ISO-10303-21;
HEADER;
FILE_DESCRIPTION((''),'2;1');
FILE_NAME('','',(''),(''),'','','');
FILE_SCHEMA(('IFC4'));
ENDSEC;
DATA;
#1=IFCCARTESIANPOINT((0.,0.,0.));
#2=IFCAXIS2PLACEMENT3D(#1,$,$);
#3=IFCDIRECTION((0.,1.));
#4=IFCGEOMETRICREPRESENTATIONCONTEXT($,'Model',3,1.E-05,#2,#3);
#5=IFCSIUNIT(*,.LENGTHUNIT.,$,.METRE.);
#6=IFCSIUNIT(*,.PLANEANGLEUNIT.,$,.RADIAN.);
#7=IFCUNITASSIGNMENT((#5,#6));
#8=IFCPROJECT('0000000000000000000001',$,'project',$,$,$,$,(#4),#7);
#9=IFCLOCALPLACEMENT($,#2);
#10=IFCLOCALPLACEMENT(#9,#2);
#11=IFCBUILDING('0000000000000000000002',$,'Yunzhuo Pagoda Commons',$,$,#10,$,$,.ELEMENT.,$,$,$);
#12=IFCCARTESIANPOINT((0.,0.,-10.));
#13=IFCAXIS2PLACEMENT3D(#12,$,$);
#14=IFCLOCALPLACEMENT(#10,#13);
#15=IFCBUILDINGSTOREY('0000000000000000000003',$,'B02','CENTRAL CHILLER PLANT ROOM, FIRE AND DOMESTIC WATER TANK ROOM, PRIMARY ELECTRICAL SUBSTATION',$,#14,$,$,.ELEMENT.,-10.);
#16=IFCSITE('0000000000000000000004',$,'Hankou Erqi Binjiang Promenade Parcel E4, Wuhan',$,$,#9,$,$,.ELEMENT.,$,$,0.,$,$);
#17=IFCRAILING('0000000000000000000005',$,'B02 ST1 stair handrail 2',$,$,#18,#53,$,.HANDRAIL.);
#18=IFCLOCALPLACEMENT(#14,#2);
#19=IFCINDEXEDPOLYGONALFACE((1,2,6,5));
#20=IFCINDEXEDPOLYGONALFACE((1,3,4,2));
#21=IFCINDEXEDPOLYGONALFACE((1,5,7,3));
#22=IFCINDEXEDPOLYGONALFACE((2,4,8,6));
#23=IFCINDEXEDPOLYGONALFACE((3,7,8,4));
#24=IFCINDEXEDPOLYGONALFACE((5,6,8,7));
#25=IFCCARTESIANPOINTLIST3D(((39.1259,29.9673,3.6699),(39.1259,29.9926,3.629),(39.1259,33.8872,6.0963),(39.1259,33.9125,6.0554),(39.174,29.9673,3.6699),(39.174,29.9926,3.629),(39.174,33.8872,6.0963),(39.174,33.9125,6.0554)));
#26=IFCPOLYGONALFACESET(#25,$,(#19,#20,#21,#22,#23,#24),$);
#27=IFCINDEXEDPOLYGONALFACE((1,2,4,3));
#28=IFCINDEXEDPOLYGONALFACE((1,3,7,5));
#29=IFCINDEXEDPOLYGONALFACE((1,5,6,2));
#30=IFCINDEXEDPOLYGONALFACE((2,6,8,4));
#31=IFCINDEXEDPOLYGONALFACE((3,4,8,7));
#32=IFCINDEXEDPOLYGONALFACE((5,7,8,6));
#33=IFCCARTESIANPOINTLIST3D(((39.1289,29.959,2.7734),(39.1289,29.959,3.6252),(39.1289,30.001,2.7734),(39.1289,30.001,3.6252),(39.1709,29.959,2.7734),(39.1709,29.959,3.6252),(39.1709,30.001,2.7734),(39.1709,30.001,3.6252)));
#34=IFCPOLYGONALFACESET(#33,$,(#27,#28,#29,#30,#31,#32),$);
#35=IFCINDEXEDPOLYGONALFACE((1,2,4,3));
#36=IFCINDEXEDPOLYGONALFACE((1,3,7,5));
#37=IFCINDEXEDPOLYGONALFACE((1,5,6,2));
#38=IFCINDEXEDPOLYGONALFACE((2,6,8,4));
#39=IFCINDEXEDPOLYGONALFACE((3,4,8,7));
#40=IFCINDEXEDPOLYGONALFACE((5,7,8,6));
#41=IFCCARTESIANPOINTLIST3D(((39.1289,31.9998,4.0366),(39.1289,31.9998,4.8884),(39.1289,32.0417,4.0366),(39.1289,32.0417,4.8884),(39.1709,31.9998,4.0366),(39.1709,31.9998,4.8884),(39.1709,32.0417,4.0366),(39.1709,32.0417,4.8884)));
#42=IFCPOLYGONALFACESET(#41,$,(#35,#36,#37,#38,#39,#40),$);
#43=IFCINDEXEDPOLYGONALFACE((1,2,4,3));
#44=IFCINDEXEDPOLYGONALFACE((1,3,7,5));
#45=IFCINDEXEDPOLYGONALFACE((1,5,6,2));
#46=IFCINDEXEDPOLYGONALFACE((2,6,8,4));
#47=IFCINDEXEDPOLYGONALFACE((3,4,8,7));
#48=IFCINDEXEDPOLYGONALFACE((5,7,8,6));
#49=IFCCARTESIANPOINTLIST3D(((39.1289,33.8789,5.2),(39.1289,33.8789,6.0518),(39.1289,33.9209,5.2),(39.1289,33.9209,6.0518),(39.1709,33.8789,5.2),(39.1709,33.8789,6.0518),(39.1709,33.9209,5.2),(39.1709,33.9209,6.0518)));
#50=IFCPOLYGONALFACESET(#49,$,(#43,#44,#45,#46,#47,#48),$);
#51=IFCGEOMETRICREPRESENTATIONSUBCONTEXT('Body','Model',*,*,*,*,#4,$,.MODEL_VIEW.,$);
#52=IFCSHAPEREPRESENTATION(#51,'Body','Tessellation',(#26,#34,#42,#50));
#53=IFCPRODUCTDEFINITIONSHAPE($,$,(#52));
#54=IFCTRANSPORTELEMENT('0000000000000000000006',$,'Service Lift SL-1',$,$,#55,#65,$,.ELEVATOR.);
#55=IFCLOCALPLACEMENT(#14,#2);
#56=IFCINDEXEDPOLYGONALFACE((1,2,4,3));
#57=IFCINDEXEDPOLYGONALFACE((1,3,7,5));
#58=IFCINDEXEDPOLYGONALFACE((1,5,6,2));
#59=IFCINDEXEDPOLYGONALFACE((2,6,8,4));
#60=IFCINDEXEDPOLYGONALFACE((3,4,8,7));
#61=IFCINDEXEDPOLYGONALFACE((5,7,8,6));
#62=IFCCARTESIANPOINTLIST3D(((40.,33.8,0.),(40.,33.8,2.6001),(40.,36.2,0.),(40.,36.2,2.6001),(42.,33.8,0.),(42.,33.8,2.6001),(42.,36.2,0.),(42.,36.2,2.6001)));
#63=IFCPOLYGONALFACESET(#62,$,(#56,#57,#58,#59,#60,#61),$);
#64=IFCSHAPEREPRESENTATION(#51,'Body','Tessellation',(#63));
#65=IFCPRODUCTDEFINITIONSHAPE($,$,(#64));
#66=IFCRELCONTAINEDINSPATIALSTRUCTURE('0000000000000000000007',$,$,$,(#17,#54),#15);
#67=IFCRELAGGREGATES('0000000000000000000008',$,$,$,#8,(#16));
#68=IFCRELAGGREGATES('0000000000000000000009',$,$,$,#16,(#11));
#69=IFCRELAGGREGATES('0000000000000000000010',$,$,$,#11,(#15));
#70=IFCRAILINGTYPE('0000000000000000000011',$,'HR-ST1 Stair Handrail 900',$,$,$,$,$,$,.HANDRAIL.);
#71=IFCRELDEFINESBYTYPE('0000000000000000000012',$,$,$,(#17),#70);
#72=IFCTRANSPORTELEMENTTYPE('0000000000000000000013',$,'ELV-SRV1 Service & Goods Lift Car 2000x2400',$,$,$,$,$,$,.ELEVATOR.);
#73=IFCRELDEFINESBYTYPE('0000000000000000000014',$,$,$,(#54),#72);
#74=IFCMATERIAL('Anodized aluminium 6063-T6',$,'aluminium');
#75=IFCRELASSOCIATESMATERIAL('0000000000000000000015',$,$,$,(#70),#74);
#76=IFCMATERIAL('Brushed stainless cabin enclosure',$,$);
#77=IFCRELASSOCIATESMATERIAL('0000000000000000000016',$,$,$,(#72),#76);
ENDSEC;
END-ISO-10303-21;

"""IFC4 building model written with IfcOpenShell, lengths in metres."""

from ifc_helpers import new_model, si_unit, direction, frame, origin, origin_2d, place, context, subcontext, project, spatial, rectangle, extrude, source, transform, mapped, material, type_object, element, save


model = new_model("IFC4")

# Units and contexts
model_context = context("Model", 3, precision=1e-05, world=origin(), true_north=direction((0.0, 1.0)))
body_context = subcontext(model_context, "Body", "Model", "MODEL_VIEW")
ifc_project = project(units=[si_unit("LENGTHUNIT", "METRE"), si_unit("PLANEANGLEUNIT", "RADIAN")], contexts=[model_context])

# Site, building, storey
site_placement = place(None, origin())
site = spatial("IfcSite", under=ifc_project, at=site_placement, Name="Hankou Erqi Binjiang Promenade Parcel E4, Wuhan", CompositionType="ELEMENT", RefElevation=0.0)
building_placement = place(site_placement, origin())
building = spatial("IfcBuilding", under=site, at=building_placement, Name="Yunzhuo Pagoda Commons", CompositionType="ELEMENT")
storey_placement = place(building_placement, frame((0.0, 0.0, -10.0)))
storey = spatial("IfcBuildingStorey", under=building, at=storey_placement, Name="B02", Description="CENTRAL CHILLER PLANT ROOM, FIRE AND DOMESTIC WATER TANK ROOM, PRIMARY ELECTRICAL SUBSTATION", CompositionType="ELEMENT", Elevation=-10.0)

# Railing
ifc_material_1 = material(Name="Anodized aluminium 6063-T6", Category="aluminium")
railing_type_1 = type_object("IfcRailingType", Name="HR-ST1 Stair Handrail 900", PredefinedType="HANDRAIL", material=ifc_material_1)
railing_1_placement = place(storey_placement, frame((39.1499, 29.98, 2.7734)))
element("IfcRailing", 1, at=railing_1_placement, inside=storey, type_object=railing_type_1, Name="B02 ST1 stair handrail 2", PredefinedType="HANDRAIL", context=body_context, shape_type="SweptSolid", body=[
    extrude(rectangle(XDim=0.0481, YDim=0.0481, at=origin_2d()), frame((0.0, 0.0, 0.876), z_axis=(0.0, 0.850275, 0.526338), x_axis=(-1.0, 0.0, 0.0)), (0.0, 0.0, 1.0), 4.6101),
    extrude(rectangle(XDim=0.042, YDim=0.042, at=origin_2d()), origin(), (0.0, 0.0, 1.0), 0.8518),
    extrude(rectangle(XDim=0.042, YDim=0.042, at=origin_2d()), frame((0.0, 2.0408, 1.2632)), (0.0, 0.0, 1.0), 0.8518),
    extrude(rectangle(XDim=0.042, YDim=0.042, at=origin_2d()), frame((0.0, 3.9199, 2.4265)), (0.0, 0.0, 1.0), 0.8518),
])

# Transport element
ifc_material_2 = material(Name="Brushed stainless cabin enclosure")
transport_element_type = type_object("IfcTransportElementType", Name="ELV-SRV1 Service & Goods Lift Car 2000x2400", PredefinedType="ELEVATOR", material=ifc_material_2)
shared_shape_1 = source(origin(), body_context, "Body", "SweptSolid", [
    extrude(rectangle(XDim=2.0, YDim=2.3999, at=origin_2d()), origin(), (0.0, 0.0, 1.0), 2.6001),
])
transport_element_placement = place(storey_placement, frame((41.0, 35.0, 0.0), z_axis=(0.0, 0.0, 1.0), x_axis=(1.0, 0.0, 0.0)))
element("IfcTransportElement", 2, at=transport_element_placement, inside=storey, type_object=transport_element_type, Name="Service Lift SL-1", PredefinedType="ELEVATOR", context=body_context, shape_type="MappedRepresentation", body=[
    mapped(shared_shape_1, transform((0.0, 0.0, 0.0), scale=1.0)),
])

save(model, "model.ifc")
